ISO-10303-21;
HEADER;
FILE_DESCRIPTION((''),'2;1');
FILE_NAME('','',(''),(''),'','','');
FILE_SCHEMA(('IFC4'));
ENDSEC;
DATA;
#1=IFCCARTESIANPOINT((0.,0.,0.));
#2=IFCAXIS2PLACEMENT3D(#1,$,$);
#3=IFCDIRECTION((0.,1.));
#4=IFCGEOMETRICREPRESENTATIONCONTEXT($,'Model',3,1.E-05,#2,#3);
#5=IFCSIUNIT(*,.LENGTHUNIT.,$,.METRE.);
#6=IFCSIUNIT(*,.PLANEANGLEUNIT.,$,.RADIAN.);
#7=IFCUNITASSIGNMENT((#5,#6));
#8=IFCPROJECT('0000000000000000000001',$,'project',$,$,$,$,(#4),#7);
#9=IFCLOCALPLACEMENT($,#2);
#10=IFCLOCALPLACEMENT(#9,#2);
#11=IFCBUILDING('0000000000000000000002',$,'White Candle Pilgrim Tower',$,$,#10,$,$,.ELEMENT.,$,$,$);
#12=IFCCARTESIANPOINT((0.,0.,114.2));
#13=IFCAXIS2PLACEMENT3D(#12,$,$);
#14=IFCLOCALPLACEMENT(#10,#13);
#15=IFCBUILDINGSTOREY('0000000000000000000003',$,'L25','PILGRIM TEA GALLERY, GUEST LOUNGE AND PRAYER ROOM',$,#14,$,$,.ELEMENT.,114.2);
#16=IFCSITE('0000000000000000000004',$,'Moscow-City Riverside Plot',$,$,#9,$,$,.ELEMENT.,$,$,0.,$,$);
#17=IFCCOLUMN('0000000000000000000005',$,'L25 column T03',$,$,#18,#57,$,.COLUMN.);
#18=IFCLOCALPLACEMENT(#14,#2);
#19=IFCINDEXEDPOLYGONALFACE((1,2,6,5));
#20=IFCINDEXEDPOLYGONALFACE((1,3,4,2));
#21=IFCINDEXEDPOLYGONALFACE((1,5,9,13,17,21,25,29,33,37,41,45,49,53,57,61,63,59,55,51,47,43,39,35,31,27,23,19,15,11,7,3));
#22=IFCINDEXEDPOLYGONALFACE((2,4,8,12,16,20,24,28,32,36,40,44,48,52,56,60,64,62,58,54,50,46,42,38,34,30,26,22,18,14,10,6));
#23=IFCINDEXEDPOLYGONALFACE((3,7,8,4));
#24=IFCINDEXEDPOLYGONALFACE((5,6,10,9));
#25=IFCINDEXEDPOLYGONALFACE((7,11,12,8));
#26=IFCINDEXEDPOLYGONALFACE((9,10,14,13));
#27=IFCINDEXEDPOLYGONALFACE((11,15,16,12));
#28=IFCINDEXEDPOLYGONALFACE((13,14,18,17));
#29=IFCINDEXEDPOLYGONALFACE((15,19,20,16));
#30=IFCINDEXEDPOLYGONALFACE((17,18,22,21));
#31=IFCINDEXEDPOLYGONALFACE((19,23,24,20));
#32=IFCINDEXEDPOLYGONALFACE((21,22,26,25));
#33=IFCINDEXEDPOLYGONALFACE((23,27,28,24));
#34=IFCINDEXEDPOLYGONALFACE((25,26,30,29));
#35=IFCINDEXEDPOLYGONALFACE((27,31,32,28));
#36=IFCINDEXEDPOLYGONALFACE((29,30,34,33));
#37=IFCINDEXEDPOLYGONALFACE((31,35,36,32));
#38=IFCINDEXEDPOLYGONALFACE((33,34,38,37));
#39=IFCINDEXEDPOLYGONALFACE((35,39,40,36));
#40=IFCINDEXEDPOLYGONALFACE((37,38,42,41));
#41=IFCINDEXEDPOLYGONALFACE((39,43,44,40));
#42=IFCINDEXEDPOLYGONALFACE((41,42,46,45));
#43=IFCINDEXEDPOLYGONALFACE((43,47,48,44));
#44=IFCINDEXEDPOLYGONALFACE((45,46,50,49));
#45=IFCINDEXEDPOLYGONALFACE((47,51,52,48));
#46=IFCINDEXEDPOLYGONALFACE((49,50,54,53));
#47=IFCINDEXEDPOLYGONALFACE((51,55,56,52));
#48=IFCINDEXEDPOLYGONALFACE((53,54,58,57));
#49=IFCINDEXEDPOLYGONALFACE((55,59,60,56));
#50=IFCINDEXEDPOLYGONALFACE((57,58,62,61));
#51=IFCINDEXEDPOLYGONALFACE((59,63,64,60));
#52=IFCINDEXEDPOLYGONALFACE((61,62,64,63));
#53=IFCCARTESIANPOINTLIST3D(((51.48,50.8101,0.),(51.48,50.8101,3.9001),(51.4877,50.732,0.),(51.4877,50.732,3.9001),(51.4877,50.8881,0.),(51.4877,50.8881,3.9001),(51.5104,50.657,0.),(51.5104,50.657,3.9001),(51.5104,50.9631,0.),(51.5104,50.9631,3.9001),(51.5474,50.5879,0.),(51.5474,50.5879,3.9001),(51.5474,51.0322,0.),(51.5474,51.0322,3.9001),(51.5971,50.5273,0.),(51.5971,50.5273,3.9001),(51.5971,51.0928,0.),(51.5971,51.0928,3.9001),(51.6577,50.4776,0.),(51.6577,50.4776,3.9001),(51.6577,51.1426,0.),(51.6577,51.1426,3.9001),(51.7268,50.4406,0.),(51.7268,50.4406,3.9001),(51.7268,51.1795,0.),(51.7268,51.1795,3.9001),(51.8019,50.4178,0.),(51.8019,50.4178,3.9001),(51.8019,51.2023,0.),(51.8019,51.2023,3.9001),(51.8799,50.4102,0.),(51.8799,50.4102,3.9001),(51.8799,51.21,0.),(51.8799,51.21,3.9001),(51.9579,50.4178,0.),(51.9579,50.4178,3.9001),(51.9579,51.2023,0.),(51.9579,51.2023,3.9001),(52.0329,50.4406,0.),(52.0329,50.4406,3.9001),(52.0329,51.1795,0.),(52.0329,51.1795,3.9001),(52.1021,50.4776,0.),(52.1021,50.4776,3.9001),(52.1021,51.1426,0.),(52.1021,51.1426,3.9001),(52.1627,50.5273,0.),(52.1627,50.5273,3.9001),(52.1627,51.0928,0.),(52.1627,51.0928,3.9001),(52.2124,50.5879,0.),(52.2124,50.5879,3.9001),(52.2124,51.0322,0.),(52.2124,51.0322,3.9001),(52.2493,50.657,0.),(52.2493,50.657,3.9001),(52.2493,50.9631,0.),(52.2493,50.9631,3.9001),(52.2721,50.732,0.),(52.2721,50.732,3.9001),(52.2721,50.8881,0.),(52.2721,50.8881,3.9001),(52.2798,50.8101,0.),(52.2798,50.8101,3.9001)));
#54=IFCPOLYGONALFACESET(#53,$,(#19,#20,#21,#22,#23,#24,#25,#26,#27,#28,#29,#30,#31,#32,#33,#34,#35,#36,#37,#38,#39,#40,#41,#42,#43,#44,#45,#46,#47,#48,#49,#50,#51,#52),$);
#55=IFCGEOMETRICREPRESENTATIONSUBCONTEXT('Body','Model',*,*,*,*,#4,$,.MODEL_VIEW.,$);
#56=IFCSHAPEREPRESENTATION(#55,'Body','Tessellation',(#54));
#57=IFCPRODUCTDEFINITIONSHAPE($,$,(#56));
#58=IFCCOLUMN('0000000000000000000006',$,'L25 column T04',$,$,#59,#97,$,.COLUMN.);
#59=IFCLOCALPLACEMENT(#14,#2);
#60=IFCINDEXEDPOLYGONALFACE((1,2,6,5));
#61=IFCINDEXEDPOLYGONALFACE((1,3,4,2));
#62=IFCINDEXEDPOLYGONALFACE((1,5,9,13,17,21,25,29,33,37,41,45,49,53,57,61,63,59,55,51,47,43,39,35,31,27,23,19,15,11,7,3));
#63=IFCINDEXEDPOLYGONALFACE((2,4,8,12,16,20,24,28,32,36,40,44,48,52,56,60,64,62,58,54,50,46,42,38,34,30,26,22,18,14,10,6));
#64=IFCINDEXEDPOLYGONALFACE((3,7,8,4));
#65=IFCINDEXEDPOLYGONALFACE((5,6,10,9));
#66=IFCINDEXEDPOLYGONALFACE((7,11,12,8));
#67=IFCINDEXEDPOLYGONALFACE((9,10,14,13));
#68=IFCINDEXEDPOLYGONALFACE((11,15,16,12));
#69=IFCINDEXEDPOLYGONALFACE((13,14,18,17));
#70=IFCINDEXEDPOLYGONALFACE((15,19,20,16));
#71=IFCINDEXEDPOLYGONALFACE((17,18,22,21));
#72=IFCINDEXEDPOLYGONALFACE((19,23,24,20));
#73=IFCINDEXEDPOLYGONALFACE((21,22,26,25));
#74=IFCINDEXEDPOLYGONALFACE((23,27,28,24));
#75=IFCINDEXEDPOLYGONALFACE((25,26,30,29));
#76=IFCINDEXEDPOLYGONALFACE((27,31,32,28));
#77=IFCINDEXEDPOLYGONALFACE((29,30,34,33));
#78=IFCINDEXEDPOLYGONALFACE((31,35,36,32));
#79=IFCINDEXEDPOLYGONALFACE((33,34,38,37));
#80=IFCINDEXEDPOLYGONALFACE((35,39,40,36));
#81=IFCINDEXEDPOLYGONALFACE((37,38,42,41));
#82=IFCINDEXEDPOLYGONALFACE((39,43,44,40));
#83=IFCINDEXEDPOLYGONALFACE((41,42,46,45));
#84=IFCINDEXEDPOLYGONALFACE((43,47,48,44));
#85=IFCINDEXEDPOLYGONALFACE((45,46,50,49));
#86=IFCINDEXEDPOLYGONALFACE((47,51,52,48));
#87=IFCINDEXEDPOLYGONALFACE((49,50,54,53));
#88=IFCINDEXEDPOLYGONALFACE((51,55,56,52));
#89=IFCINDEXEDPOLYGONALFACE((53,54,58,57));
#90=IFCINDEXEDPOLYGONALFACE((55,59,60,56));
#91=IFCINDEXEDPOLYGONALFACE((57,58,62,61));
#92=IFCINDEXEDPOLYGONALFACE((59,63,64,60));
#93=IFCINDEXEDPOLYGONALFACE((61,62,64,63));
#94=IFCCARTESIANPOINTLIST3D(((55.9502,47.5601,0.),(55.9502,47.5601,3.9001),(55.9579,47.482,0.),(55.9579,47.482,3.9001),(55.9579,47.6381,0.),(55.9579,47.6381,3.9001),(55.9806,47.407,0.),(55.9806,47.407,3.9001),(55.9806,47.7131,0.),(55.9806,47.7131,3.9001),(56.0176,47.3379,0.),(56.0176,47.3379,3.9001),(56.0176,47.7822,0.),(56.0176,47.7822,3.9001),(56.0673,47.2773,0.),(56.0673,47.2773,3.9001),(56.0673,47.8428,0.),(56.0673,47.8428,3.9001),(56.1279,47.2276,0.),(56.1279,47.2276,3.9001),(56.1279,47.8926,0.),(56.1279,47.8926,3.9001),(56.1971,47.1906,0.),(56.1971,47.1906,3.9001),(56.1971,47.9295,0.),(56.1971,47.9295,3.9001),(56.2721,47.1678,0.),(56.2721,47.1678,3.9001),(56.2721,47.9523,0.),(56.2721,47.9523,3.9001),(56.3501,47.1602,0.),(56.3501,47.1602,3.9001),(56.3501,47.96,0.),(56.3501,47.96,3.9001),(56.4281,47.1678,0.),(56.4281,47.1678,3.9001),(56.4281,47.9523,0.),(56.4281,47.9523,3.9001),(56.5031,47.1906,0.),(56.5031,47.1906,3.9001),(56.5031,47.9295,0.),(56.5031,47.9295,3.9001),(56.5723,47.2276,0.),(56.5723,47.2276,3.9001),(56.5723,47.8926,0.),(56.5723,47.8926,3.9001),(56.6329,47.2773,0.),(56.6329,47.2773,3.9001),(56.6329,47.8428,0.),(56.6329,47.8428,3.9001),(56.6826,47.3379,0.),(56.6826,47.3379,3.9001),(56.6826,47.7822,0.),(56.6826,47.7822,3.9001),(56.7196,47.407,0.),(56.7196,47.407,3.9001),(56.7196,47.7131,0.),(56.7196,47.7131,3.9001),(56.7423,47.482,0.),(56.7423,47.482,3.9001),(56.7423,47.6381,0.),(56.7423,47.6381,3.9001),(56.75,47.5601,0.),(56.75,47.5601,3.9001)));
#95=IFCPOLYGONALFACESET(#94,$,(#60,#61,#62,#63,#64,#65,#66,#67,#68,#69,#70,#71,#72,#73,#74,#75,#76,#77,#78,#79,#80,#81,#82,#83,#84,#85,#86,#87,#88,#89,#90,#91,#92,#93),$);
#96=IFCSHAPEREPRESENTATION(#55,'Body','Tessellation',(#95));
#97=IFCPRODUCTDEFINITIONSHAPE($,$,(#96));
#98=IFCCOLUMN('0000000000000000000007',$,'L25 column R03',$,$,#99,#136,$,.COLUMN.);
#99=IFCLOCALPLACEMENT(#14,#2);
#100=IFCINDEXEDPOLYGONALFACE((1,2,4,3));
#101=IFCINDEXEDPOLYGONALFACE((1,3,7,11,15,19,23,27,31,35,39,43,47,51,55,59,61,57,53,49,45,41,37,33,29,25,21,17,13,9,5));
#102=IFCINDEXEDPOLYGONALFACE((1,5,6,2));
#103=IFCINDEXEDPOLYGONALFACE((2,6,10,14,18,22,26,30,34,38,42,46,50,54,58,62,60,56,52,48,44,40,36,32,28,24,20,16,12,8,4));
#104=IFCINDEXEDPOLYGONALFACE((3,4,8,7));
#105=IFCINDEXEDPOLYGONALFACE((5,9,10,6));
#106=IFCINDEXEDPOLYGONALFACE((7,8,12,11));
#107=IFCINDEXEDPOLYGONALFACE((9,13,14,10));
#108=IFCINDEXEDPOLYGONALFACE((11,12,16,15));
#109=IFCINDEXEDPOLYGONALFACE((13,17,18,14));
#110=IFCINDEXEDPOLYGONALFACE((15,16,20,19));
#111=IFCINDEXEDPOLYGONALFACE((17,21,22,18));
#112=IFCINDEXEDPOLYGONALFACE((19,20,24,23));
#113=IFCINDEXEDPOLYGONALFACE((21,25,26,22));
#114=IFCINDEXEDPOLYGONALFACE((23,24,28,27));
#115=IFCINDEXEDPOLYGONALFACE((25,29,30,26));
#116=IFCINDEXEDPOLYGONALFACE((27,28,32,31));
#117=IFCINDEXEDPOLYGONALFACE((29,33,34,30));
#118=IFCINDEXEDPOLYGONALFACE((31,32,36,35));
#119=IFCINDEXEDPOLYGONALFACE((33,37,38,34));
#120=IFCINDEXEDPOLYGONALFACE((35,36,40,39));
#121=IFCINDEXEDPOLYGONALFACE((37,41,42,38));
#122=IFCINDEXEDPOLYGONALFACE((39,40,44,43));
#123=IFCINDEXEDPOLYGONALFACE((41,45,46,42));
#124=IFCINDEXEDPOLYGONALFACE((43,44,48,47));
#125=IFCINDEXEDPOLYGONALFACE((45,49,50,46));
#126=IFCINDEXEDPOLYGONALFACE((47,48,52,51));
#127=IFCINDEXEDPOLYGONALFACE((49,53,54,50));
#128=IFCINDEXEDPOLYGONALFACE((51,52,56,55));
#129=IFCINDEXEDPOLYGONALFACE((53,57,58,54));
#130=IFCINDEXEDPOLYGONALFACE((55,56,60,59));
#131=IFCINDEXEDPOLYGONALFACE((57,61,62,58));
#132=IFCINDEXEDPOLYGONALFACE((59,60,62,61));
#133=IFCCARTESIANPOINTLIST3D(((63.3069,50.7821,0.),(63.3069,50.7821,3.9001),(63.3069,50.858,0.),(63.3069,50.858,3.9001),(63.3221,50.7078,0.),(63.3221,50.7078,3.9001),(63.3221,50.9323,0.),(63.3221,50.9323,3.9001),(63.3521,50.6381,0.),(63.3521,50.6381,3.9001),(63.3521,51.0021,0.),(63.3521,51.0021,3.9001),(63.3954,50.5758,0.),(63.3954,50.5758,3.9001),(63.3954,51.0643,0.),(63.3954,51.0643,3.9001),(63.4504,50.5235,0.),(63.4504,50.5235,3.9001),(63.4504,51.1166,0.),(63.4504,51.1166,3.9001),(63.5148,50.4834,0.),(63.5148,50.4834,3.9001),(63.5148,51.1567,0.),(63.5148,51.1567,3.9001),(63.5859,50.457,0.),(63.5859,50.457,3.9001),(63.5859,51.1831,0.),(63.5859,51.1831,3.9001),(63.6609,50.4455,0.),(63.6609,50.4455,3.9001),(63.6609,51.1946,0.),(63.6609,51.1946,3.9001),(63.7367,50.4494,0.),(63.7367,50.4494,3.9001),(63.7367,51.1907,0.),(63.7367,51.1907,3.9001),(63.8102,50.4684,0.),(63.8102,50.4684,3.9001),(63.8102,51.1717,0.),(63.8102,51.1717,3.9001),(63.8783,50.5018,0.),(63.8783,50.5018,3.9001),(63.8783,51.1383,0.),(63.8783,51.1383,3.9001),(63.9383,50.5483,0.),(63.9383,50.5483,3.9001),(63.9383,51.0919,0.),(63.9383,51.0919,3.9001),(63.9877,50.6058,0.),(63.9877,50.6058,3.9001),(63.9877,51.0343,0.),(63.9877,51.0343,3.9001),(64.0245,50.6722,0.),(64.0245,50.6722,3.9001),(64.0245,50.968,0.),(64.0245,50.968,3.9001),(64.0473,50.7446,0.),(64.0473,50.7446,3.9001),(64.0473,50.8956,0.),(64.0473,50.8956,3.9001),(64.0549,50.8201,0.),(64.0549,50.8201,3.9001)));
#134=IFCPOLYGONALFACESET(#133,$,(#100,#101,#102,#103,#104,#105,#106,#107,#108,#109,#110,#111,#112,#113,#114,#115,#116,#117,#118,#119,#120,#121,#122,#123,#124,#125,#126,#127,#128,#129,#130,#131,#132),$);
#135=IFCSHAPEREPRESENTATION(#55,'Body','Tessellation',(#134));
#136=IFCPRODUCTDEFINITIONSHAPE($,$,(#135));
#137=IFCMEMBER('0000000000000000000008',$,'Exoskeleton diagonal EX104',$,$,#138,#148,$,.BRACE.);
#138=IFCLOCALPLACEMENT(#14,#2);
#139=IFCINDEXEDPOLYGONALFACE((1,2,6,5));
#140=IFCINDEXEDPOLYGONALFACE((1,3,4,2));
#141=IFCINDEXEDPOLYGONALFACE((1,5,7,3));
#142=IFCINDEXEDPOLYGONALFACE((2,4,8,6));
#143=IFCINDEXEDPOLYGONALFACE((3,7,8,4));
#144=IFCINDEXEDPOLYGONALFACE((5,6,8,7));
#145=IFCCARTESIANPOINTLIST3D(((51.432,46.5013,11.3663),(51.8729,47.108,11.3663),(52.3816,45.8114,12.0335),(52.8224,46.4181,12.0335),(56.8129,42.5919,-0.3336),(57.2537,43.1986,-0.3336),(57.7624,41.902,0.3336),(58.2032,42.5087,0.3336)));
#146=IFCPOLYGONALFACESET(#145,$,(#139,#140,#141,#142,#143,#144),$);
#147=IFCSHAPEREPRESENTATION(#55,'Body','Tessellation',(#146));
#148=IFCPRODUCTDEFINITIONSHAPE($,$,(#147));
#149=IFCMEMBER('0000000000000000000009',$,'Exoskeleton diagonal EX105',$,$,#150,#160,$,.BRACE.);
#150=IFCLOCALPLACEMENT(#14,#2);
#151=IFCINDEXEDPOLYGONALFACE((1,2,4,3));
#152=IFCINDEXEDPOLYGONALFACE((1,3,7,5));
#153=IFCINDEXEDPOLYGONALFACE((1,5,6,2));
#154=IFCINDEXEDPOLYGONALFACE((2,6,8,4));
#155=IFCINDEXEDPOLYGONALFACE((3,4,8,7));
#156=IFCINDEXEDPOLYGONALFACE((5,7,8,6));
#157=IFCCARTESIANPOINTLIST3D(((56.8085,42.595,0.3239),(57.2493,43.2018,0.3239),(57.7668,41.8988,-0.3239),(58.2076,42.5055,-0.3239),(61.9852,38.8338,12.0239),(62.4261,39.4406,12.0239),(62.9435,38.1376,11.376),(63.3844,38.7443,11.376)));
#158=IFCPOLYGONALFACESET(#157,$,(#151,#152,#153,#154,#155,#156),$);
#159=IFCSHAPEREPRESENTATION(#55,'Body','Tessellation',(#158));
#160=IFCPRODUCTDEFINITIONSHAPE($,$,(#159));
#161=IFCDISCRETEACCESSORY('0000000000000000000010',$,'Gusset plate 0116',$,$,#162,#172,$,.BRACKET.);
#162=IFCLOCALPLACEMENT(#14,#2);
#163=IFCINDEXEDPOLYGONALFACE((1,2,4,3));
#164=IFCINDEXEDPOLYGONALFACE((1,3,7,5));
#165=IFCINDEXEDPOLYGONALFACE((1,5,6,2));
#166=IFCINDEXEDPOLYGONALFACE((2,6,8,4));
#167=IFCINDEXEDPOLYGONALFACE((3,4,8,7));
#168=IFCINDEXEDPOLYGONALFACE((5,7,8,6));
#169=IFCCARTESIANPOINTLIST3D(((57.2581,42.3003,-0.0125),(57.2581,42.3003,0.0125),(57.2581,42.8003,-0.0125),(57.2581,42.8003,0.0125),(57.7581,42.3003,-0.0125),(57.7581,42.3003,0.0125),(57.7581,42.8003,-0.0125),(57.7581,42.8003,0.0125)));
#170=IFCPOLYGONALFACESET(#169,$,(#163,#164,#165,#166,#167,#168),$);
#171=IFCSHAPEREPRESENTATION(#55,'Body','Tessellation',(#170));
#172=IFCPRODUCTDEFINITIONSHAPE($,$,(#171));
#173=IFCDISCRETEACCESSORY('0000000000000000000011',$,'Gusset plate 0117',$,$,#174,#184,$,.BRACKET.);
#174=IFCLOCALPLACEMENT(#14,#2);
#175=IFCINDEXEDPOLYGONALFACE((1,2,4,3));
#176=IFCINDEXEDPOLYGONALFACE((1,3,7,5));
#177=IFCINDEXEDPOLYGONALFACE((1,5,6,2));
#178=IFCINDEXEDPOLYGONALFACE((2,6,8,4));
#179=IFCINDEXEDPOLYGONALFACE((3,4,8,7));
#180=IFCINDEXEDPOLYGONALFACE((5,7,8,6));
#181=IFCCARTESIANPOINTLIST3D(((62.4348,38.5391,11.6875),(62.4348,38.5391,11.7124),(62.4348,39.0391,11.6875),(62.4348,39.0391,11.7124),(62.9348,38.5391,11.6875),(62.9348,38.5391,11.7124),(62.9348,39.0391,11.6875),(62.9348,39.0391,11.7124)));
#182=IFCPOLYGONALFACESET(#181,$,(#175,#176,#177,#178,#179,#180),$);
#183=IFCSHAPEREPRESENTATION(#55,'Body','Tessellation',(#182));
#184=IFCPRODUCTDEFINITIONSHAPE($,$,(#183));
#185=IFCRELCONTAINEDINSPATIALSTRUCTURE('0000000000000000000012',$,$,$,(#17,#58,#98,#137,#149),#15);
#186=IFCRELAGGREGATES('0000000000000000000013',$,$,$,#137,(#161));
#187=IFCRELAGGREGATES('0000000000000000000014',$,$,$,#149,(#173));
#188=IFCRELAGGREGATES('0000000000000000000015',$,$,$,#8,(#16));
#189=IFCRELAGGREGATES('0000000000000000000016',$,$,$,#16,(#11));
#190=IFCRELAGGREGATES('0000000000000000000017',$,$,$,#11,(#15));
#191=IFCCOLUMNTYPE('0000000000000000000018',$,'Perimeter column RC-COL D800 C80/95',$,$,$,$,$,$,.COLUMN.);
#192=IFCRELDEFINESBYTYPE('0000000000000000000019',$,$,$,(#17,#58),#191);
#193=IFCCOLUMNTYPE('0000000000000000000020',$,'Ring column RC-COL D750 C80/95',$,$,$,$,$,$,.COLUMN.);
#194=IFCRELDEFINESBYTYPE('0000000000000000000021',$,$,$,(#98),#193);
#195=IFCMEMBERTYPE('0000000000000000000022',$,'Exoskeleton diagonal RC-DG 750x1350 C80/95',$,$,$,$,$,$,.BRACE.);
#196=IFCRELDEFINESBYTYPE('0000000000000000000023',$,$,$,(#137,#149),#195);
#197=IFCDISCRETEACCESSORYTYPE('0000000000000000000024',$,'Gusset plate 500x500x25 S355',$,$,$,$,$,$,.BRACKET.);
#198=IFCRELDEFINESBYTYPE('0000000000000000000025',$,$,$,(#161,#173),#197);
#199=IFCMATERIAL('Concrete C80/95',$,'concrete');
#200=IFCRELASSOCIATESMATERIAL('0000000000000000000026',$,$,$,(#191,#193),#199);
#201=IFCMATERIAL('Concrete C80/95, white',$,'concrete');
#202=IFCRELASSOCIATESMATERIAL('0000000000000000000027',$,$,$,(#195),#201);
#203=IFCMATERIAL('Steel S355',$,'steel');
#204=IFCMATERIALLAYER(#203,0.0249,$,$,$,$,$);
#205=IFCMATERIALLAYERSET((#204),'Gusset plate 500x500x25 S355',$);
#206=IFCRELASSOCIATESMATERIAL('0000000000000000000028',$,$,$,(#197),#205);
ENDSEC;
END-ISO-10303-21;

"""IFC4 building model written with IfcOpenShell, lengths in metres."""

from ifc_helpers import new_model, si_unit, direction, frame, origin, origin_2d, place, context, subcontext, project, spatial, rectangle, circle, extrude, material, layer, layer_set, material_profile, profile_set, type_object, element, aggregate, save


model = new_model("IFC4")

# Units and contexts
model_context = context("Model", 3, precision=1e-05, world=origin(), true_north=direction((0.0, 1.0)))
body_context = subcontext(model_context, "Body", "Model", "MODEL_VIEW")
ifc_project = project(units=[si_unit("LENGTHUNIT", "METRE"), si_unit("PLANEANGLEUNIT", "RADIAN")], contexts=[model_context])

# Site, building, storey
site_placement = place(None, origin())
site = spatial("IfcSite", under=ifc_project, at=site_placement, Name="Moscow-City Riverside Plot", CompositionType="ELEMENT", RefElevation=0.0)
building_placement = place(site_placement, origin())
building = spatial("IfcBuilding", under=site, at=building_placement, Name="White Candle Pilgrim Tower", CompositionType="ELEMENT")
storey_placement = place(building_placement, frame((0.0, 0.0, 114.2)))
storey = spatial("IfcBuildingStorey", under=building, at=storey_placement, Name="L25", Description="PILGRIM TEA GALLERY, GUEST LOUNGE AND PRAYER ROOM", CompositionType="ELEMENT", Elevation=114.2)

# Columns
ifc_material_1 = material(Name="Concrete C80/95", Category="concrete")
ifc_material_profile_1 = material_profile(ifc_material_1, circle(Radius=0.3999, at=origin_2d()), Name="RC-COL D800")
ifc_profile_set_1 = profile_set([ifc_material_profile_1], Name="Concrete C80/95")
column_type_1 = type_object("IfcColumnType", Name="Perimeter column RC-COL D800 C80/95", PredefinedType="COLUMN", material=ifc_profile_set_1)
for number, where, z_axis, x_axis, name in (
    (1, (51.8799, 50.8101, 0.0), (0.0, 0.0, 1.0), (1.0, 0.0, 0.0), "L25 column T03"),
    (2, (56.3501, 47.5601, 0.0), (0.0, 0.0, 1.0), (1.0, 0.0, 0.0), "L25 column T04"),
):
    element("IfcColumn", number, at=place(storey_placement, frame(where, z_axis=z_axis, x_axis=x_axis)), inside=storey, type_object=column_type_1, Name=name, PredefinedType="COLUMN", context=body_context, shape_type="SweptSolid", body=[
        extrude(circle(Radius=0.3999, at=origin_2d()), origin(), (0.0, 0.0, 1.0), 3.9001),
    ])
ifc_material_profile_2 = material_profile(ifc_material_1, circle(Radius=0.375, at=origin_2d()), Name="RC-COL D750")
ifc_profile_set_2 = profile_set([ifc_material_profile_2], Name="Concrete C80/95")
column_type_2 = type_object("IfcColumnType", Name="Ring column RC-COL D750 C80/95", PredefinedType="COLUMN", material=ifc_profile_set_2)
column_placement = place(storey_placement, frame((63.6799, 50.8201, 0.0), z_axis=(0.0, 0.0, 1.0), x_axis=(1.0, 0.0, 0.0)))
element("IfcColumn", 3, at=column_placement, inside=storey, type_object=column_type_2, Name="L25 column R03", PredefinedType="COLUMN", context=body_context, shape_type="SweptSolid", body=[
    extrude(circle(Radius=0.375, at=origin_2d()), origin(), (0.0, 0.0, 1.0), 3.9001),
])

# Members
ifc_material_2 = material(Name="Concrete C80/95, white", Category="concrete")
ifc_material_profile_3 = material_profile(ifc_material_2, rectangle(XDim=0.75, YDim=1.3501, at=origin_2d()), Name="RC-DG 750x1350")
ifc_profile_set_3 = profile_set([ifc_material_profile_3], Name="Concrete C80/95, white")
member_type_1 = type_object("IfcMemberType", Name="Exoskeleton diagonal RC-DG 750x1350 C80/95", PredefinedType="BRACE", material=ifc_profile_set_3)
member_1_placement = place(storey_placement, frame((57.5081, 42.5503, 0.0), z_axis=(-0.399817, 0.290484, 0.869348), x_axis=(-0.587785, -0.809017, 0.0)))
member_1 = element("IfcMember", 4, at=member_1_placement, inside=storey, type_object=member_type_1, Name="Exoskeleton diagonal EX104", PredefinedType="BRACE", context=body_context, shape_type="SweptSolid", body=[
    extrude(rectangle(XDim=0.75, YDim=1.3501, at=origin_2d()), origin(), (0.0, 0.0, 1.0), 13.4583),
])
member_2_placement = place(storey_placement, frame((57.5081, 42.5503, 0.0), z_axis=(0.388195, -0.282047, 0.877356), x_axis=(0.587795, 0.80901, 0.0)))
member_2 = element("IfcMember", 5, at=member_2_placement, inside=storey, type_object=member_type_1, Name="Exoskeleton diagonal EX105", PredefinedType="BRACE", context=body_context, shape_type="SweptSolid", body=[
    extrude(rectangle(XDim=0.75, YDim=1.3501, at=origin_2d()), origin(), (0.0, 0.0, 1.0), 13.3354),
])

# Discrete accessories
ifc_material_3 = material(Name="Steel S355", Category="steel")
ifc_layer_1 = layer(ifc_material_3, 0.0249)
ifc_layer_set_1 = layer_set([ifc_layer_1], Name="Gusset plate 500x500x25 S355")
discrete_accessory_type = type_object("IfcDiscreteAccessoryType", Name="Gusset plate 500x500x25 S355", PredefinedType="BRACKET", material=ifc_layer_set_1)
discrete_accessory_1_placement = place(storey_placement, frame((57.5081, 42.5503, -0.0125), z_axis=(0.0, 0.0, 1.0), x_axis=(1.0, 0.0, 0.0)))
discrete_accessory_1 = element("IfcDiscreteAccessory", 6, at=discrete_accessory_1_placement, type_object=discrete_accessory_type, Name="Gusset plate 0116", PredefinedType="BRACKET", context=body_context, shape_type="SweptSolid", body=[
    extrude(rectangle(XDim=0.5, YDim=0.5, at=origin_2d()), origin(), (0.0, 0.0, 1.0), 0.0249),
])
aggregate(member_1, [discrete_accessory_1])
placement = place(building_placement, frame((0.0, 0.0, 125.8999)))
discrete_accessory_2_placement = place(placement, frame((62.6848, 38.7891, -0.0125), z_axis=(0.0, 0.0, 1.0), x_axis=(1.0, 0.0, 0.0)))
discrete_accessory_2 = element("IfcDiscreteAccessory", 7, at=discrete_accessory_2_placement, type_object=discrete_accessory_type, Name="Gusset plate 0117", PredefinedType="BRACKET", context=body_context, shape_type="SweptSolid", body=[
    extrude(rectangle(XDim=0.5, YDim=0.5, at=origin_2d()), origin(), (0.0, 0.0, 1.0), 0.0249),
])
aggregate(member_2, [discrete_accessory_2])

save(model, "model.ifc")
